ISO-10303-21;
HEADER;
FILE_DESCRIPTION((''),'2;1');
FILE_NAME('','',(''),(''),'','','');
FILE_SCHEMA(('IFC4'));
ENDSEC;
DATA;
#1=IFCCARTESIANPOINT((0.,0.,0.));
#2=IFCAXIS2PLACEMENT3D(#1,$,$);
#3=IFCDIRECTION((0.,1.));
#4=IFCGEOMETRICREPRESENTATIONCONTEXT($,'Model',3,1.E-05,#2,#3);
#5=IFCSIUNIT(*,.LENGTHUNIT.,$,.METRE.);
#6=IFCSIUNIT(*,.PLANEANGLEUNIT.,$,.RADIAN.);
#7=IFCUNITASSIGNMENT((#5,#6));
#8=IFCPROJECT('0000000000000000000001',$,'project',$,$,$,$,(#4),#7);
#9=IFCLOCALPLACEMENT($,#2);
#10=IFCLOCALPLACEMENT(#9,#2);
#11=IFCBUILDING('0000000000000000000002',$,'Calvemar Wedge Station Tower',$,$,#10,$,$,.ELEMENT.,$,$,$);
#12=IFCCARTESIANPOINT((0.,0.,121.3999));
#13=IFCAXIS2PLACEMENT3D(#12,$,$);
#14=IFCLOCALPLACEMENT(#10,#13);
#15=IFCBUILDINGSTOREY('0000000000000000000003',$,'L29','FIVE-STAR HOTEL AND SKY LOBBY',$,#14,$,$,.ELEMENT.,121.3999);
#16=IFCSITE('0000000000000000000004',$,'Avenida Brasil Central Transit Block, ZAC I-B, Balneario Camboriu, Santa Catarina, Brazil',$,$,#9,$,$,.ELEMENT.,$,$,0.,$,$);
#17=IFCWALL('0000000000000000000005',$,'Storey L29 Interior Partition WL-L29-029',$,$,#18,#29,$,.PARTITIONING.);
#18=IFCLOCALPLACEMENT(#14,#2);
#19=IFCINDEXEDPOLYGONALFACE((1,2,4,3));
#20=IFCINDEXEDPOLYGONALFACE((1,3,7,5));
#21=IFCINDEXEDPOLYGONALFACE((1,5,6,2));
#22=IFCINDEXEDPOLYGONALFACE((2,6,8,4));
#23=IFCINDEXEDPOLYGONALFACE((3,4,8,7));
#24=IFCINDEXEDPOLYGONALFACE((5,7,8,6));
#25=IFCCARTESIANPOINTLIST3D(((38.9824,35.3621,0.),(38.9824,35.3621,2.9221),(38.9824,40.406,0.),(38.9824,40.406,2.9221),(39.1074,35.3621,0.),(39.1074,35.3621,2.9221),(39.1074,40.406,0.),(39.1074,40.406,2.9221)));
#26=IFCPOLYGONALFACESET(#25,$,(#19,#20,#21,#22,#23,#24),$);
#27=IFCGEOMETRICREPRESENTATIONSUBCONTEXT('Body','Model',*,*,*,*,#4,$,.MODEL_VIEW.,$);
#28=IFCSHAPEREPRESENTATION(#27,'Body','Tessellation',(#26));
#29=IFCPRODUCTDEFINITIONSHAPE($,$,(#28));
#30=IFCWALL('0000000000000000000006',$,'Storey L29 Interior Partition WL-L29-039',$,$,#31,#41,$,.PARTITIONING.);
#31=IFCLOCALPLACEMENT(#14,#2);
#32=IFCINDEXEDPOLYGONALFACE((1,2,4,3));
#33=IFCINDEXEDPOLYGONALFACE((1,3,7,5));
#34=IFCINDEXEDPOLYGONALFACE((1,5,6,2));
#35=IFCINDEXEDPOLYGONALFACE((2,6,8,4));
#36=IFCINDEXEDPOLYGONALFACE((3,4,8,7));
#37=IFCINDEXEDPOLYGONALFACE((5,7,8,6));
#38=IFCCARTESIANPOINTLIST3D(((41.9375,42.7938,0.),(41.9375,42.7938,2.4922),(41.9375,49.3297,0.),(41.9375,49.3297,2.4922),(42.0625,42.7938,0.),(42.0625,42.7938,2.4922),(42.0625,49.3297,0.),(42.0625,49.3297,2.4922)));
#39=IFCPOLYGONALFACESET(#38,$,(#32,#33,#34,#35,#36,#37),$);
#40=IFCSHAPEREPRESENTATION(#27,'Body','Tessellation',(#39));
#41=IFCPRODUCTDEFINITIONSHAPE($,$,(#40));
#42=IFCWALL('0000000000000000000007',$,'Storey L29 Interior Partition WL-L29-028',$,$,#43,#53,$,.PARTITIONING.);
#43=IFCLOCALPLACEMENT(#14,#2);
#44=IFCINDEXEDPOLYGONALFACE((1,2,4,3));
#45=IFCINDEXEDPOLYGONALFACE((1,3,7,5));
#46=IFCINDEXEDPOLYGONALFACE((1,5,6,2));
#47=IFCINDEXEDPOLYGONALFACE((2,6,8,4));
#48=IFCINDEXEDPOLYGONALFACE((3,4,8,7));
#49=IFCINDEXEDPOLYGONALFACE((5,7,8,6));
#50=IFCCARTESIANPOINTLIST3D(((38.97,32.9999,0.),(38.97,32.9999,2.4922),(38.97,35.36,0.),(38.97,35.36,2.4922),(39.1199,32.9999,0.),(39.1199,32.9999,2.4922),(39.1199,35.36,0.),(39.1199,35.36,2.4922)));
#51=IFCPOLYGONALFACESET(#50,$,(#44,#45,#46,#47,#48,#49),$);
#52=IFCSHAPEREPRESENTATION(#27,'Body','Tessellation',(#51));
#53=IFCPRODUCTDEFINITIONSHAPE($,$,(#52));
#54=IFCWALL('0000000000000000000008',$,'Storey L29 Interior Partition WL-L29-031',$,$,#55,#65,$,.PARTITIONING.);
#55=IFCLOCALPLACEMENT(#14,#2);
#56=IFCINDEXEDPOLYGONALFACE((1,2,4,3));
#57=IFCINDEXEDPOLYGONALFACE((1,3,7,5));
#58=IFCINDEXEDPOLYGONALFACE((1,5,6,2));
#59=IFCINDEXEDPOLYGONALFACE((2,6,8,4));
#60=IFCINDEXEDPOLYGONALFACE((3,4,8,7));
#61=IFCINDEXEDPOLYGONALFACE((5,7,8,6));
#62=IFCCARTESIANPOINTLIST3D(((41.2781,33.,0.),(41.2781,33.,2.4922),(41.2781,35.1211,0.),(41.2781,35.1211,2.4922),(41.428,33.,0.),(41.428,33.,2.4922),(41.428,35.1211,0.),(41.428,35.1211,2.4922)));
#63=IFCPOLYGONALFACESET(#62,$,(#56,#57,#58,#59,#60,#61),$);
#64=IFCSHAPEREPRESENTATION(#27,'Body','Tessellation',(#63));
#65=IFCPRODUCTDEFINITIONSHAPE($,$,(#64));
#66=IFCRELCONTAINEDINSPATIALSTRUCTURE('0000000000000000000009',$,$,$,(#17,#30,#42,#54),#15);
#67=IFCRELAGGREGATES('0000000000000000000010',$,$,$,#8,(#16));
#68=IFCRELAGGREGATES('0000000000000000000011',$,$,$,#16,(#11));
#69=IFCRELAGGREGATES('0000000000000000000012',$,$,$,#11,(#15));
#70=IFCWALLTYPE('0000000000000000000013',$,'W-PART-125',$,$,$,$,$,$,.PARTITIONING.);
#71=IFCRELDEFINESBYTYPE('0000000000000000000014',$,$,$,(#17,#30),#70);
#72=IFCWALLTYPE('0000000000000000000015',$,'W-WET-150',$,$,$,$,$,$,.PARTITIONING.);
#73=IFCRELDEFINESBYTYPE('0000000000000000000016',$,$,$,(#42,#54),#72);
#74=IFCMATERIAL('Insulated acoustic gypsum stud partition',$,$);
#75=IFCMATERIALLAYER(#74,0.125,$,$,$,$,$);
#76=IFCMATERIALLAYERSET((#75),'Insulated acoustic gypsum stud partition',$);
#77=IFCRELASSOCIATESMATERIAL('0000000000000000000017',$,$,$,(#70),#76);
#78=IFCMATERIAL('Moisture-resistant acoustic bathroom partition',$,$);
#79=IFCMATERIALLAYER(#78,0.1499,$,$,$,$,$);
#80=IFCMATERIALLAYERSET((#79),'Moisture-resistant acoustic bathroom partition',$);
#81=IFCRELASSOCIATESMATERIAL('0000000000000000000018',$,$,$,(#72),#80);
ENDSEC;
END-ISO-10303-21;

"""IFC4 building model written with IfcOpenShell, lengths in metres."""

from ifc_helpers import new_model, si_unit, direction, frame, frame_2d, origin, place, context, subcontext, project, spatial, rectangle, extrude, material, layer, layer_set, type_object, element, save


model = new_model("IFC4")

# Units and contexts
model_context = context("Model", 3, precision=1e-05, world=origin(), true_north=direction((0.0, 1.0)))
body_context = subcontext(model_context, "Body", "Model", "MODEL_VIEW")
ifc_project = project(units=[si_unit("LENGTHUNIT", "METRE"), si_unit("PLANEANGLEUNIT", "RADIAN")], contexts=[model_context])

# Site, building, storey
site_placement = place(None, origin())
site = spatial("IfcSite", under=ifc_project, at=site_placement, Name="Avenida Brasil Central Transit Block, ZAC I-B, Balneario Camboriu, Santa Catarina, Brazil", CompositionType="ELEMENT", RefElevation=0.0)
building_placement = place(site_placement, origin())
building = spatial("IfcBuilding", under=site, at=building_placement, Name="Calvemar Wedge Station Tower", CompositionType="ELEMENT")
storey_placement = place(building_placement, frame((0.0, 0.0, 121.3999)))
storey = spatial("IfcBuildingStorey", under=building, at=storey_placement, Name="L29", Description="FIVE-STAR HOTEL AND SKY LOBBY", CompositionType="ELEMENT", Elevation=121.3999)

# Walls
ifc_material_1 = material(Name="Insulated acoustic gypsum stud partition")
ifc_layer_1 = layer(ifc_material_1, 0.125)
ifc_layer_set_1 = layer_set([ifc_layer_1], Name="Insulated acoustic gypsum stud partition")
wall_type_1 = type_object("IfcWallType", Name="W-PART-125", PredefinedType="PARTITIONING", material=ifc_layer_set_1)
wall_1_placement = place(storey_placement, frame((39.0449, 40.406, 0.0), z_axis=(0.0, 0.0, 1.0), x_axis=(0.0, -1.0, 0.0)))
element("IfcWall", 1, at=wall_1_placement, inside=storey, type_object=wall_type_1, Name="Storey L29 Interior Partition WL-L29-029", PredefinedType="PARTITIONING", context=body_context, shape_type="SweptSolid", body=[
    extrude(rectangle(XDim=5.0439, YDim=0.125, at=frame_2d((2.522, 0.0))), origin(), (0.0, 0.0, 1.0), 2.9221),
])
wall_2_placement = place(storey_placement, frame((42.0, 49.3298, 0.0), z_axis=(0.0, 0.0, 1.0), x_axis=(0.0, -1.0, 0.0)))
element("IfcWall", 2, at=wall_2_placement, inside=storey, type_object=wall_type_1, Name="Storey L29 Interior Partition WL-L29-039", PredefinedType="PARTITIONING", context=body_context, shape_type="SweptSolid", body=[
    extrude(rectangle(XDim=6.5359, YDim=0.125, at=frame_2d((3.2681, 0.0))), origin(), (0.0, 0.0, 1.0), 2.4922),
])
ifc_material_2 = material(Name="Moisture-resistant acoustic bathroom partition")
ifc_layer_2 = layer(ifc_material_2, 0.1499)
ifc_layer_set_2 = layer_set([ifc_layer_2], Name="Moisture-resistant acoustic bathroom partition")
wall_type_2 = type_object("IfcWallType", Name="W-WET-150", PredefinedType="PARTITIONING", material=ifc_layer_set_2)
wall_3_placement = place(storey_placement, frame((39.0449, 35.3601, 0.0), z_axis=(0.0, 0.0, 1.0), x_axis=(0.0, -1.0, 0.0)))
element("IfcWall", 3, at=wall_3_placement, inside=storey, type_object=wall_type_2, Name="Storey L29 Interior Partition WL-L29-028", PredefinedType="PARTITIONING", context=body_context, shape_type="SweptSolid", body=[
    extrude(rectangle(XDim=2.3601, YDim=0.1499, at=frame_2d((1.1802, 0.0))), origin(), (0.0, 0.0, 1.0), 2.4922),
])

# Wall
wall_4_placement = place(storey_placement, frame((41.353, 35.1211, 0.0), z_axis=(0.0, 0.0, 1.0), x_axis=(0.0, -1.0, 0.0)))
element("IfcWall", 4, at=wall_4_placement, inside=storey, type_object=wall_type_2, Name="Storey L29 Interior Partition WL-L29-031", PredefinedType="PARTITIONING", context=body_context, shape_type="SweptSolid", body=[
    extrude(rectangle(XDim=2.1211, YDim=0.1499, at=frame_2d((1.0605, 0.0))), origin(), (0.0, 0.0, 1.0), 2.4922),
])

save(model, "model.ifc")
